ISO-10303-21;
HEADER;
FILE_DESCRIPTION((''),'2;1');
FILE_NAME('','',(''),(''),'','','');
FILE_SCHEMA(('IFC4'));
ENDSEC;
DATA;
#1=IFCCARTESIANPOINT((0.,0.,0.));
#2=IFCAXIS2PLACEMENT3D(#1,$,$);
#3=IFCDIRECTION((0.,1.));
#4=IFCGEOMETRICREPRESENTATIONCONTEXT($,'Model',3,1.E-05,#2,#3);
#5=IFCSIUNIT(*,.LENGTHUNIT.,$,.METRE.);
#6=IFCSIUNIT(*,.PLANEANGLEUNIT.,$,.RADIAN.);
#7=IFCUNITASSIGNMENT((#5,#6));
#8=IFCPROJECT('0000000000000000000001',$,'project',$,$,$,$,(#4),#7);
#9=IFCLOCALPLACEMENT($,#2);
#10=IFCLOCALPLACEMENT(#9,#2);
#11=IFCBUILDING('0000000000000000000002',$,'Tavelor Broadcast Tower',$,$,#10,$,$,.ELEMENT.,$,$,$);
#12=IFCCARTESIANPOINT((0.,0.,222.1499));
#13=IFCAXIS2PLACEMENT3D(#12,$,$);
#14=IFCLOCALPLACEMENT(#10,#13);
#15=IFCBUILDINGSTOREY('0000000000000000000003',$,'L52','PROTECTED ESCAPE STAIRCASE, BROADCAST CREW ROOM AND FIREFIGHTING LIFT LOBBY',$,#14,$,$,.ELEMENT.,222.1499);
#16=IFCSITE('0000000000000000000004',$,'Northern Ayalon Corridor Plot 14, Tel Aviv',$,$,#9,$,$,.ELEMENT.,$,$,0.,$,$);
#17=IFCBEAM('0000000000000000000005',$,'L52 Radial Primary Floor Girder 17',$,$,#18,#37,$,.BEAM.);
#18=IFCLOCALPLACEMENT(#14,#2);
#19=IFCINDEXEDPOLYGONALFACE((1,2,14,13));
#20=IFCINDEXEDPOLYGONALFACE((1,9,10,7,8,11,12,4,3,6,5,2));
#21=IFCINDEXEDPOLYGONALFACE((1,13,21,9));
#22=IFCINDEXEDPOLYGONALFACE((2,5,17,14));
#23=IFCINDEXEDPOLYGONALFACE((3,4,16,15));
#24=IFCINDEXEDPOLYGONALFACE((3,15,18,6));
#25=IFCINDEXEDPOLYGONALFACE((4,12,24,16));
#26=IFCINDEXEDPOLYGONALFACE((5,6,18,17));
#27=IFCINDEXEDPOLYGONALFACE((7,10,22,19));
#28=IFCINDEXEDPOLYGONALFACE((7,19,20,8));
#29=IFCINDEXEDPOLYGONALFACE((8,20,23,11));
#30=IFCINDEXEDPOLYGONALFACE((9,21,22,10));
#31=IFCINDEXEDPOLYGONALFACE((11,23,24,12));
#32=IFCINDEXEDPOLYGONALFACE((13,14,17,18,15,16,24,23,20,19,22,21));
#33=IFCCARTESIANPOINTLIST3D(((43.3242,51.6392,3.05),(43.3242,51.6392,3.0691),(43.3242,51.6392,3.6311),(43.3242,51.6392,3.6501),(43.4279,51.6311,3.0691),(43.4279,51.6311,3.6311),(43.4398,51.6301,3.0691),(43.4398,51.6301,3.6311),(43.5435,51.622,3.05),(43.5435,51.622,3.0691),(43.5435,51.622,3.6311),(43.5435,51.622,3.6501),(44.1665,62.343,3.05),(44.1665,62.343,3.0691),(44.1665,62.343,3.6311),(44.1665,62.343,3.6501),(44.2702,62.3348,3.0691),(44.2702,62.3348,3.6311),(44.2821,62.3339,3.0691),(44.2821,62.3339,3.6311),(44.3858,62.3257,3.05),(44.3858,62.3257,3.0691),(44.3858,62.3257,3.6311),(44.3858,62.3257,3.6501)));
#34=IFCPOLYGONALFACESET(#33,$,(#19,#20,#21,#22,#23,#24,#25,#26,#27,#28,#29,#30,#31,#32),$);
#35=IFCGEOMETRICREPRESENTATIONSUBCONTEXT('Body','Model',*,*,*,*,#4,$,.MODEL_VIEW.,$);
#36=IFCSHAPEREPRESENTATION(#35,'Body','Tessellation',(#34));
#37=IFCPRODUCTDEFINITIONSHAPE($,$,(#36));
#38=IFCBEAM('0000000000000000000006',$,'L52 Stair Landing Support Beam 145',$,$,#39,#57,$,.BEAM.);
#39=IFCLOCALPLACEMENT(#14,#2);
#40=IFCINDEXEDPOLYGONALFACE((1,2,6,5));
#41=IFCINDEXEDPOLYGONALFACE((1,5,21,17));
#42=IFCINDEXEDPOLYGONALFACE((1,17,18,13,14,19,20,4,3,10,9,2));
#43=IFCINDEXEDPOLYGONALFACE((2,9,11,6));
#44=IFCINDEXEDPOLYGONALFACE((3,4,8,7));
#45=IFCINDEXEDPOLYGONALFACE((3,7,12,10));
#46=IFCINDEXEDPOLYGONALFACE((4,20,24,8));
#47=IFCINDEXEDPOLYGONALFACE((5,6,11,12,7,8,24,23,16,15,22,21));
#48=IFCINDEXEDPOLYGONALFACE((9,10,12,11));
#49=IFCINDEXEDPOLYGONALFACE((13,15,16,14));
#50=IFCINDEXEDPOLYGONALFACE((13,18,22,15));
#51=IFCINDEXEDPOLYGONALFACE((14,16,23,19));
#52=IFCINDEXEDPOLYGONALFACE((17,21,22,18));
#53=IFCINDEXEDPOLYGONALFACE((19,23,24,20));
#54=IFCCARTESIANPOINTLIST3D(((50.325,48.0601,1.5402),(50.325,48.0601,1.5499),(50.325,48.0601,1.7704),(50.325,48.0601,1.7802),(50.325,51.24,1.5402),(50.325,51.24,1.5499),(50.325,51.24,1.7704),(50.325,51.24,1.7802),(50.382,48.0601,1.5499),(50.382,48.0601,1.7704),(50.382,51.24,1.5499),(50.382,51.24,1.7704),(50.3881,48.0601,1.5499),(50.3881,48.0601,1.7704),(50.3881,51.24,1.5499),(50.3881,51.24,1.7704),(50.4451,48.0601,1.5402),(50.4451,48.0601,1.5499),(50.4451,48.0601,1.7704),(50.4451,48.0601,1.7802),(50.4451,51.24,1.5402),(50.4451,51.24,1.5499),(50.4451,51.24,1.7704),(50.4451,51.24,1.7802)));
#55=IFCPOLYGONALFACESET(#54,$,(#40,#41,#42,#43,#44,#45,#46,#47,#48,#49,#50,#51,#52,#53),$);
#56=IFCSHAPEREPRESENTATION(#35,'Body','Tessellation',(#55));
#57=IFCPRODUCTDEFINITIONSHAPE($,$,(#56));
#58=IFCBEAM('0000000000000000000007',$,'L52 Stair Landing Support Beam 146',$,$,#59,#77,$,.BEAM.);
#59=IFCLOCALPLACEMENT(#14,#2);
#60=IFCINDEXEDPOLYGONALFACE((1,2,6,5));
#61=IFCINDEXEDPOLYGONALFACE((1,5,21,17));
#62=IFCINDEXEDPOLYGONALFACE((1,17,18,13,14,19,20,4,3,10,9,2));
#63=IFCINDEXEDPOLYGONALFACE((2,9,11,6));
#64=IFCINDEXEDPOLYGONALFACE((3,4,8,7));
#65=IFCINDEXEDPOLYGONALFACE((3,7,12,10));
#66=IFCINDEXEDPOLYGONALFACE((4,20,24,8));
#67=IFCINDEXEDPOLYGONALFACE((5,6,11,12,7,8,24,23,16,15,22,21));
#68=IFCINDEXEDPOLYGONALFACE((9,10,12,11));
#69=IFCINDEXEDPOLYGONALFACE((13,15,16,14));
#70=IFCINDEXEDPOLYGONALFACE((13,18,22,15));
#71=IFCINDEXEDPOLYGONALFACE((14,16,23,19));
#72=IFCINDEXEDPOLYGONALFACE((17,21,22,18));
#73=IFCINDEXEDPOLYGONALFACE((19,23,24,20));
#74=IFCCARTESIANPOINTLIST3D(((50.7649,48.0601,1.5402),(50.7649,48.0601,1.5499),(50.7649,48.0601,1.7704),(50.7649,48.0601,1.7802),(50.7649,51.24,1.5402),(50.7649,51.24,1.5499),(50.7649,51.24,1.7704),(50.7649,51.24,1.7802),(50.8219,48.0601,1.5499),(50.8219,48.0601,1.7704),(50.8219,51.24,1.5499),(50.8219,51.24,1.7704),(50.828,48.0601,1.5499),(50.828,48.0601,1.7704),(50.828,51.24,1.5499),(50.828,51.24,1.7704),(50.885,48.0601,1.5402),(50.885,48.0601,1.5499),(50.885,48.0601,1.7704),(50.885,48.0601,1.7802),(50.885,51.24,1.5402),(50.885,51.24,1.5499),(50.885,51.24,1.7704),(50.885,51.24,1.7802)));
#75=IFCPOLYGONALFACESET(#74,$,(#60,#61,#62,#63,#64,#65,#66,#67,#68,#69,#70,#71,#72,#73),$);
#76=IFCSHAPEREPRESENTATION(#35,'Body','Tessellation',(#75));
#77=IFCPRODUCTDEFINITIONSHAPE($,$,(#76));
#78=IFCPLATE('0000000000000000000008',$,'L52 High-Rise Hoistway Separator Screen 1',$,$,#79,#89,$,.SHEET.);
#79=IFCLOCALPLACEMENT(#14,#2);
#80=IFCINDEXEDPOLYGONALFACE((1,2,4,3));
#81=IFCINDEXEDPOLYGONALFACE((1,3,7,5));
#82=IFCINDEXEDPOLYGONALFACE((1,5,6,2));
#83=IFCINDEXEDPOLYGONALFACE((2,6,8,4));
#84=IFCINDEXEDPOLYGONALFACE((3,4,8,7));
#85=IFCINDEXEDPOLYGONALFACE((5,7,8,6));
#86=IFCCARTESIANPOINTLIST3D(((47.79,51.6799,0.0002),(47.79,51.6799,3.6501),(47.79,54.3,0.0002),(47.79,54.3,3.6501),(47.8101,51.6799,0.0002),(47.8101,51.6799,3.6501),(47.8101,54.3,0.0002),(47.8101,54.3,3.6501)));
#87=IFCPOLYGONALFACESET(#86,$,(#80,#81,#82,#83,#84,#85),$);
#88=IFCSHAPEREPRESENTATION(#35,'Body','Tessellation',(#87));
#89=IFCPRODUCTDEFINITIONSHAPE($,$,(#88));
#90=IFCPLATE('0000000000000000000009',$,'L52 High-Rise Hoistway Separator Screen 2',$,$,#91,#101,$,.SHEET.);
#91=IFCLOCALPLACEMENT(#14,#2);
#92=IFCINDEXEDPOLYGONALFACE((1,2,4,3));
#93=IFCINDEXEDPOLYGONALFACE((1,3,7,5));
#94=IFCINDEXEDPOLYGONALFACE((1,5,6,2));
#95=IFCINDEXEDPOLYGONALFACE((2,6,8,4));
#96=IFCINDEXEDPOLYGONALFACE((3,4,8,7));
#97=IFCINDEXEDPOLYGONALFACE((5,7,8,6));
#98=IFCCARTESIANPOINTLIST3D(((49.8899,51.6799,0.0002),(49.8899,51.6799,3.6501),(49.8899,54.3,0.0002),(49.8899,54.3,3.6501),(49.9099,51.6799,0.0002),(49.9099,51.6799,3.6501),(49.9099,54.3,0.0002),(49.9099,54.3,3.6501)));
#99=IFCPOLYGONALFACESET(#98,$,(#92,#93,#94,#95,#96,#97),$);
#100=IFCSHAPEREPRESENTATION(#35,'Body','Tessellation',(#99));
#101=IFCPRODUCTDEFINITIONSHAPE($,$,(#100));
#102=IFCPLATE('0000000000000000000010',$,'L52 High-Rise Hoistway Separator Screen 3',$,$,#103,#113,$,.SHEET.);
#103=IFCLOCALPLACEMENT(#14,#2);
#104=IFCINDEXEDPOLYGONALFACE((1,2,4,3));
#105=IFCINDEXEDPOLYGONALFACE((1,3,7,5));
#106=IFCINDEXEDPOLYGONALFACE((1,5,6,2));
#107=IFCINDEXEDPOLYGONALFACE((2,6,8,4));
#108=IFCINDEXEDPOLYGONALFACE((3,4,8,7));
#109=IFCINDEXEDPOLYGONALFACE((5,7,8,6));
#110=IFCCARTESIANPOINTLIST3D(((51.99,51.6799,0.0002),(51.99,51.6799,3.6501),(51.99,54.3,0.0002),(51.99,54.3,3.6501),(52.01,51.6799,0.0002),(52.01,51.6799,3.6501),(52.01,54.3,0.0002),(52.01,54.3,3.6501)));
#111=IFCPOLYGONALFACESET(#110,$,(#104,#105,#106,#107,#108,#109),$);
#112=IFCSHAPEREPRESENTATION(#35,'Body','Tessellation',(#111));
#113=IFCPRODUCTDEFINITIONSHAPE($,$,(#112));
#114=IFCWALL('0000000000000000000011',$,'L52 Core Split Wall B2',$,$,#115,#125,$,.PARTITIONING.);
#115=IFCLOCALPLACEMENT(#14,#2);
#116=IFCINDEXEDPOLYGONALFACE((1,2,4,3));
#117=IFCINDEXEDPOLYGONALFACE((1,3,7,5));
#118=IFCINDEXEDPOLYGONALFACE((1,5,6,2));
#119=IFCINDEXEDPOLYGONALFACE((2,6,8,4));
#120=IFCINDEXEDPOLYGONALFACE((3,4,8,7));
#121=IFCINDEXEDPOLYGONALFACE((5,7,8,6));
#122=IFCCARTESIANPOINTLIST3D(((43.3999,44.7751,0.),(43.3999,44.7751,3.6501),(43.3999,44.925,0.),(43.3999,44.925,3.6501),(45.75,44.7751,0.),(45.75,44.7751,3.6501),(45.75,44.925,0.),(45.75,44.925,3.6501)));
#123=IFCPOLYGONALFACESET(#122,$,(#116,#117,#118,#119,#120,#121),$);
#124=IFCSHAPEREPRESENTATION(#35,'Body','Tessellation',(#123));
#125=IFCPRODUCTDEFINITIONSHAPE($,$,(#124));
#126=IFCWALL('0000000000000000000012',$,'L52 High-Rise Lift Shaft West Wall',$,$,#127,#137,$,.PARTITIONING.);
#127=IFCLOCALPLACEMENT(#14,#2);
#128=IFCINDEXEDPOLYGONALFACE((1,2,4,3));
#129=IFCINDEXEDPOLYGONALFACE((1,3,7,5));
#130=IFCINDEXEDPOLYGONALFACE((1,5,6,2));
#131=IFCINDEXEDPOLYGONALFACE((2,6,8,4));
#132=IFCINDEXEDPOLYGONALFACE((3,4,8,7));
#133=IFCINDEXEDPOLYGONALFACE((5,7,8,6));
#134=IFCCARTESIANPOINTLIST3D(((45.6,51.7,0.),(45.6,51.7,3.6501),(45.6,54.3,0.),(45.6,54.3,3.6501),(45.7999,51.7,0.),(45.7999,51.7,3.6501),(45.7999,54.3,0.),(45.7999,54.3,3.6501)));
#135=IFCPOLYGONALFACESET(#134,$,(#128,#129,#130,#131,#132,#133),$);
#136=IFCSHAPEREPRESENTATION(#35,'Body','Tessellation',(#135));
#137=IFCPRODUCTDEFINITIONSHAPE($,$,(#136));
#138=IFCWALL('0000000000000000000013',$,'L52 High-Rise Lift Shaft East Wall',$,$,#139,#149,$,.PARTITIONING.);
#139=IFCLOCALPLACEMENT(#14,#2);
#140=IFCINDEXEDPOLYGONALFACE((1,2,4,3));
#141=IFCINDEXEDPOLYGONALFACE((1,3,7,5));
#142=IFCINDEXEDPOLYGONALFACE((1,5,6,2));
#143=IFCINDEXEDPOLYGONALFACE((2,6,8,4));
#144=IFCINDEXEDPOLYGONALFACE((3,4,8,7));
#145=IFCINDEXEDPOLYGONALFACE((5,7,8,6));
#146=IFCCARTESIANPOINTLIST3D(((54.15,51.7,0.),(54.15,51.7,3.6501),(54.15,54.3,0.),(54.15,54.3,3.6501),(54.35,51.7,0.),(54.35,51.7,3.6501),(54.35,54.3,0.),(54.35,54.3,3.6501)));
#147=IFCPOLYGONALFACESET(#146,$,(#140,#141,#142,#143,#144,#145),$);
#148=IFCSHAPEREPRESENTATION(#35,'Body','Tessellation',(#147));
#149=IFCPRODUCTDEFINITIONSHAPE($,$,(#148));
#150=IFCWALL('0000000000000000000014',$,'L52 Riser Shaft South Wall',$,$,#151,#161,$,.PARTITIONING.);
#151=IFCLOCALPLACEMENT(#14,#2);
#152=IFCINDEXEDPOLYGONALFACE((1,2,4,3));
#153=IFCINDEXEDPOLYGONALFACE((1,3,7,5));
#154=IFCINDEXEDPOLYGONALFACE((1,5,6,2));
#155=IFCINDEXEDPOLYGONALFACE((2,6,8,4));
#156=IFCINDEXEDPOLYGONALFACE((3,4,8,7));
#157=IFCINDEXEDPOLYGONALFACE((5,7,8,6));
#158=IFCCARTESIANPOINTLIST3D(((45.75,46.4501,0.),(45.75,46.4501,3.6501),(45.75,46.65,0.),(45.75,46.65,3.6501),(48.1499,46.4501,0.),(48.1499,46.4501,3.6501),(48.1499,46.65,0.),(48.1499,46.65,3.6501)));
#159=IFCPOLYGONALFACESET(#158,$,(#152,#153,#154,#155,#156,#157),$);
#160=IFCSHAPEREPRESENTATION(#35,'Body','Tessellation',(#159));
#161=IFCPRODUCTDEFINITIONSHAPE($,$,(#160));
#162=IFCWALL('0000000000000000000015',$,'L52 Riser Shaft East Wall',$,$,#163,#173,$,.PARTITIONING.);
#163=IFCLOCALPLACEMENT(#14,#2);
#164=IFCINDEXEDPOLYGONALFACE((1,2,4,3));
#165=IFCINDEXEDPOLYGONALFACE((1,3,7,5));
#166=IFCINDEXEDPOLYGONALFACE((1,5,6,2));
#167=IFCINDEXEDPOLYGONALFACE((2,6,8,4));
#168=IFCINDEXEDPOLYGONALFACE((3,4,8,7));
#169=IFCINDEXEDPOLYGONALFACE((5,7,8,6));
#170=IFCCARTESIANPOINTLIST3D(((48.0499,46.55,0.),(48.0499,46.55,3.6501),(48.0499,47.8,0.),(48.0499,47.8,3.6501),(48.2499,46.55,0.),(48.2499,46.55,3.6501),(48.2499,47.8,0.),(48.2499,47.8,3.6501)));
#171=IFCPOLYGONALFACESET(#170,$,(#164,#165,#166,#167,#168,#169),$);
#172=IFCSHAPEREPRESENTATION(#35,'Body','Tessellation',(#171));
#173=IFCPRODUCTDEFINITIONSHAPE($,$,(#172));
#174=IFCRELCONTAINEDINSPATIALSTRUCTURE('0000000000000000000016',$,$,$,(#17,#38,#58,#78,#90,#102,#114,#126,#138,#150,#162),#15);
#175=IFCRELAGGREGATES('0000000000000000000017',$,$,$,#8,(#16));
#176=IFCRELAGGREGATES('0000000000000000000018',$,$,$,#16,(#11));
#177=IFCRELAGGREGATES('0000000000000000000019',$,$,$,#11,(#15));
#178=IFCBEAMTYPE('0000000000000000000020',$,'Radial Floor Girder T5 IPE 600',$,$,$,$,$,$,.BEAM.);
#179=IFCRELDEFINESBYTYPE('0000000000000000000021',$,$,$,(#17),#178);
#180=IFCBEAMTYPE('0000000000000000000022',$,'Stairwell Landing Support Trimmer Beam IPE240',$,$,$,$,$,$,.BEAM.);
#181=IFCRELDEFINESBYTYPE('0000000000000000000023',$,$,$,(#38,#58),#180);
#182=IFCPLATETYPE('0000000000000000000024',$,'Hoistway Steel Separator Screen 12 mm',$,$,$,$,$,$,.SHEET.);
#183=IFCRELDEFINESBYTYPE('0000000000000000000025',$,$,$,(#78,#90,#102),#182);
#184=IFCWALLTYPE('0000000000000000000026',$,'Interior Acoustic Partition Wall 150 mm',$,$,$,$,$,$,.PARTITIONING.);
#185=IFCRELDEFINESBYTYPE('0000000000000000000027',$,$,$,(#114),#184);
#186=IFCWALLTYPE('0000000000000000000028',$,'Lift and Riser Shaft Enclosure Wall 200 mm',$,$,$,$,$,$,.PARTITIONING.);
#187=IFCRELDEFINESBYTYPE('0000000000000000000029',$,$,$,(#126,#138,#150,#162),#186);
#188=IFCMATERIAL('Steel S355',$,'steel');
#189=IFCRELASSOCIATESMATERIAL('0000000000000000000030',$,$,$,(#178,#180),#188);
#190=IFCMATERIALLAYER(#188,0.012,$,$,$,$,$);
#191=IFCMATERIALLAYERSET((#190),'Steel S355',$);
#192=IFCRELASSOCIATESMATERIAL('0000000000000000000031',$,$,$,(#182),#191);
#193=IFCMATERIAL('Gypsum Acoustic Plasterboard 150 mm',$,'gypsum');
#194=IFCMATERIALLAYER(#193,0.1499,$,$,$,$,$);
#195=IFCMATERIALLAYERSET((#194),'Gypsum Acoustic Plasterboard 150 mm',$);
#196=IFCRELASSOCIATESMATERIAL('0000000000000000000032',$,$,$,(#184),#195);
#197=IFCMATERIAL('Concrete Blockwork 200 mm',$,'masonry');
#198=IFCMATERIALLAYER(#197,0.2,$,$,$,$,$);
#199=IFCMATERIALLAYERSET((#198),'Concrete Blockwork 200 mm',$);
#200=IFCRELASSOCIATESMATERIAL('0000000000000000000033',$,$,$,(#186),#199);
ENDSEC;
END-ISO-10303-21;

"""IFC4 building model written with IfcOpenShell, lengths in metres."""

from ifc_helpers import new_model, si_unit, direction, frame, frame_2d, origin, origin_2d, place, context, subcontext, project, spatial, rectangle, i_section, extrude, source, transform, mapped, material, layer, layer_set, material_profile, profile_set, type_object, type_shapes, element, save


model = new_model("IFC4")

# Units and contexts
model_context = context("Model", 3, precision=1e-05, world=origin(), true_north=direction((0.0, 1.0)))
body_context = subcontext(model_context, "Body", "Model", "MODEL_VIEW")
ifc_project = project(units=[si_unit("LENGTHUNIT", "METRE"), si_unit("PLANEANGLEUNIT", "RADIAN")], contexts=[model_context])

# Site, building, storey
site_placement = place(None, origin())
site = spatial("IfcSite", under=ifc_project, at=site_placement, Name="Northern Ayalon Corridor Plot 14, Tel Aviv", CompositionType="ELEMENT", RefElevation=0.0)
building_placement = place(site_placement, origin())
building = spatial("IfcBuilding", under=site, at=building_placement, Name="Tavelor Broadcast Tower", CompositionType="ELEMENT")
storey_placement = place(building_placement, frame((0.0, 0.0, 222.1499)))
storey = spatial("IfcBuildingStorey", under=building, at=storey_placement, Name="L52", Description="PROTECTED ESCAPE STAIRCASE, BROADCAST CREW ROOM AND FIREFIGHTING LIFT LOBBY", CompositionType="ELEMENT", Elevation=222.1499)

# Beams
ifc_material_1 = material(Name="Steel S355", Category="steel")
ifc_material_profile_1 = material_profile(ifc_material_1, i_section(OverallWidth=0.22, OverallDepth=0.6001, WebThickness=0.012, FlangeThickness=0.019, at=origin_2d()), Name="IPE 600")
ifc_profile_set_1 = profile_set([ifc_material_profile_1], Name="Steel S355")
beam_type_1 = type_object("IfcBeamType", Name="Radial Floor Girder T5 IPE 600", PredefinedType="BEAM", material=ifc_profile_set_1)
beam_placement = place(storey_placement, frame((43.4338, 51.6306, 3.3501), z_axis=(0.078449, 0.996918, 0.0), x_axis=(-0.996918, 0.078449, 0.0)))
element("IfcBeam", 1, at=beam_placement, inside=storey, type_object=beam_type_1, Name="L52 Radial Primary Floor Girder 17", PredefinedType="BEAM", context=body_context, shape_type="SweptSolid", body=[
    extrude(i_section(OverallWidth=0.22, OverallDepth=0.6001, WebThickness=0.012, FlangeThickness=0.019, at=origin_2d()), origin(), (0.0, 0.0, 1.0), 10.7368),
])
ifc_material_profile_2 = material_profile(ifc_material_1, i_section(OverallWidth=0.1201, OverallDepth=0.24, WebThickness=0.0061, FlangeThickness=0.0098, at=origin_2d()), Name="IPE 240")
ifc_profile_set_2 = profile_set([ifc_material_profile_2], Name="Steel S355")
beam_type_2 = type_object("IfcBeamType", Name="Stairwell Landing Support Trimmer Beam IPE240", PredefinedType="BEAM", material=ifc_profile_set_2)
for number, where, z_axis, x_axis, name in (
    (2, (50.385, 48.0601, 1.6602), (0.0, 1.0, 0.0), (-1.0, 0.0, 0.0), "L52 Stair Landing Support Beam 145"),
    (3, (50.825, 48.0601, 1.6602), (0.0, 1.0, 0.0), (-1.0, 0.0, 0.0), "L52 Stair Landing Support Beam 146"),
):
    element("IfcBeam", number, at=place(storey_placement, frame(where, z_axis=z_axis, x_axis=x_axis)), inside=storey, type_object=beam_type_2, Name=name, PredefinedType="BEAM", context=body_context, shape_type="SweptSolid", body=[
        extrude(i_section(OverallWidth=0.1201, OverallDepth=0.24, WebThickness=0.0061, FlangeThickness=0.0098, at=origin_2d()), origin(), (0.0, 0.0, 1.0), 3.1799),
    ])

# Plates
ifc_layer_1 = layer(ifc_material_1, 0.012)
ifc_layer_set_1 = layer_set([ifc_layer_1], Name="Steel S355")
plate_type = type_object("IfcPlateType", Name="Hoistway Steel Separator Screen 12 mm", PredefinedType="SHEET", material=ifc_layer_set_1)
shared_shape = source(origin(), body_context, "Body", "SweptSolid", [
    extrude(rectangle(XDim=0.02, YDim=2.6201, at=origin_2d()), origin(), (0.0, 0.0, 1.0), 3.6499),
])
type_shapes(plate_type, [shared_shape])
for number, where, z_axis, x_axis, name in (
    (4, (47.8, 52.99, 0.0002), (0.0, 0.0, 1.0), (1.0, 0.0, 0.0), "L52 High-Rise Hoistway Separator Screen 1"),
    (5, (49.8999, 52.99, 0.0002), (0.0, 0.0, 1.0), (1.0, 0.0, 0.0), "L52 High-Rise Hoistway Separator Screen 2"),
    (6, (52.0, 52.99, 0.0002), (0.0, 0.0, 1.0), (1.0, 0.0, 0.0), "L52 High-Rise Hoistway Separator Screen 3"),
):
    element("IfcPlate", number, at=place(storey_placement, frame(where, z_axis=z_axis, x_axis=x_axis)), inside=storey, type_object=plate_type, Name=name, PredefinedType="SHEET", context=body_context, shape_type="MappedRepresentation", body=[
        mapped(shared_shape, transform((0.0, 0.0, 0.0), scale=1.0)),
    ])

# Wall
ifc_material_2 = material(Name="Gypsum Acoustic Plasterboard 150 mm", Category="gypsum")
ifc_layer_2 = layer(ifc_material_2, 0.1499)
ifc_layer_set_2 = layer_set([ifc_layer_2], Name="Gypsum Acoustic Plasterboard 150 mm")
wall_type_1 = type_object("IfcWallType", Name="Interior Acoustic Partition Wall 150 mm", PredefinedType="PARTITIONING", material=ifc_layer_set_2)
wall_1_placement = place(storey_placement, frame((43.3999, 44.8501, 0.0), z_axis=(0.0, 0.0, 1.0), x_axis=(1.0, 0.0, 0.0)))
element("IfcWall", 7, at=wall_1_placement, inside=storey, type_object=wall_type_1, Name="L52 Core Split Wall B2", PredefinedType="PARTITIONING", context=body_context, shape_type="SweptSolid", body=[
    extrude(rectangle(XDim=2.3501, YDim=0.1499, at=frame_2d((1.175, 0.0))), origin(), (0.0, 0.0, 1.0), 3.6501),
])

# Shared definitions
ifc_material_3 = material(Name="Concrete Blockwork 200 mm", Category="masonry")

# Walls
ifc_layer_3 = layer(ifc_material_3, 0.2)
ifc_layer_set_3 = layer_set([ifc_layer_3], Name="Concrete Blockwork 200 mm")
wall_type_2 = type_object("IfcWallType", Name="Lift and Riser Shaft Enclosure Wall 200 mm", PredefinedType="PARTITIONING", material=ifc_layer_set_3)
for number, where, z_axis, x_axis, name in (
    (8, (45.7, 51.7, 0.0), (0.0, 0.0, 1.0), (0.0, 1.0, 0.0), "L52 High-Rise Lift Shaft West Wall"),
    (9, (54.25, 51.7, 0.0), (0.0, 0.0, 1.0), (0.0, 1.0, 0.0), "L52 High-Rise Lift Shaft East Wall"),
):
    element("IfcWall", number, at=place(storey_placement, frame(where, z_axis=z_axis, x_axis=x_axis)), inside=storey, type_object=wall_type_2, Name=name, PredefinedType="PARTITIONING", context=body_context, shape_type="SweptSolid", body=[
        extrude(rectangle(XDim=2.6001, YDim=0.2, at=frame_2d((1.3, 0.0))), origin(), (0.0, 0.0, 1.0), 3.6501),
    ])
wall_2_placement = place(storey_placement, frame((45.75, 46.55, 0.0), z_axis=(0.0, 0.0, 1.0), x_axis=(1.0, 0.0, 0.0)))
element("IfcWall", 10, at=wall_2_placement, inside=storey, type_object=wall_type_2, Name="L52 Riser Shaft South Wall", PredefinedType="PARTITIONING", context=body_context, shape_type="SweptSolid", body=[
    extrude(rectangle(XDim=2.3999, YDim=0.2, at=frame_2d((1.2, 0.0))), origin(), (0.0, 0.0, 1.0), 3.6501),
])
wall_3_placement = place(storey_placement, frame((48.1499, 46.55, 0.0), z_axis=(0.0, 0.0, 1.0), x_axis=(0.0, 1.0, 0.0)))
element("IfcWall", 11, at=wall_3_placement, inside=storey, type_object=wall_type_2, Name="L52 Riser Shaft East Wall", PredefinedType="PARTITIONING", context=body_context, shape_type="SweptSolid", body=[
    extrude(rectangle(XDim=1.25, YDim=0.2, at=frame_2d((0.625, 0.0))), origin(), (0.0, 0.0, 1.0), 3.6501),
])

save(model, "model.ifc")
